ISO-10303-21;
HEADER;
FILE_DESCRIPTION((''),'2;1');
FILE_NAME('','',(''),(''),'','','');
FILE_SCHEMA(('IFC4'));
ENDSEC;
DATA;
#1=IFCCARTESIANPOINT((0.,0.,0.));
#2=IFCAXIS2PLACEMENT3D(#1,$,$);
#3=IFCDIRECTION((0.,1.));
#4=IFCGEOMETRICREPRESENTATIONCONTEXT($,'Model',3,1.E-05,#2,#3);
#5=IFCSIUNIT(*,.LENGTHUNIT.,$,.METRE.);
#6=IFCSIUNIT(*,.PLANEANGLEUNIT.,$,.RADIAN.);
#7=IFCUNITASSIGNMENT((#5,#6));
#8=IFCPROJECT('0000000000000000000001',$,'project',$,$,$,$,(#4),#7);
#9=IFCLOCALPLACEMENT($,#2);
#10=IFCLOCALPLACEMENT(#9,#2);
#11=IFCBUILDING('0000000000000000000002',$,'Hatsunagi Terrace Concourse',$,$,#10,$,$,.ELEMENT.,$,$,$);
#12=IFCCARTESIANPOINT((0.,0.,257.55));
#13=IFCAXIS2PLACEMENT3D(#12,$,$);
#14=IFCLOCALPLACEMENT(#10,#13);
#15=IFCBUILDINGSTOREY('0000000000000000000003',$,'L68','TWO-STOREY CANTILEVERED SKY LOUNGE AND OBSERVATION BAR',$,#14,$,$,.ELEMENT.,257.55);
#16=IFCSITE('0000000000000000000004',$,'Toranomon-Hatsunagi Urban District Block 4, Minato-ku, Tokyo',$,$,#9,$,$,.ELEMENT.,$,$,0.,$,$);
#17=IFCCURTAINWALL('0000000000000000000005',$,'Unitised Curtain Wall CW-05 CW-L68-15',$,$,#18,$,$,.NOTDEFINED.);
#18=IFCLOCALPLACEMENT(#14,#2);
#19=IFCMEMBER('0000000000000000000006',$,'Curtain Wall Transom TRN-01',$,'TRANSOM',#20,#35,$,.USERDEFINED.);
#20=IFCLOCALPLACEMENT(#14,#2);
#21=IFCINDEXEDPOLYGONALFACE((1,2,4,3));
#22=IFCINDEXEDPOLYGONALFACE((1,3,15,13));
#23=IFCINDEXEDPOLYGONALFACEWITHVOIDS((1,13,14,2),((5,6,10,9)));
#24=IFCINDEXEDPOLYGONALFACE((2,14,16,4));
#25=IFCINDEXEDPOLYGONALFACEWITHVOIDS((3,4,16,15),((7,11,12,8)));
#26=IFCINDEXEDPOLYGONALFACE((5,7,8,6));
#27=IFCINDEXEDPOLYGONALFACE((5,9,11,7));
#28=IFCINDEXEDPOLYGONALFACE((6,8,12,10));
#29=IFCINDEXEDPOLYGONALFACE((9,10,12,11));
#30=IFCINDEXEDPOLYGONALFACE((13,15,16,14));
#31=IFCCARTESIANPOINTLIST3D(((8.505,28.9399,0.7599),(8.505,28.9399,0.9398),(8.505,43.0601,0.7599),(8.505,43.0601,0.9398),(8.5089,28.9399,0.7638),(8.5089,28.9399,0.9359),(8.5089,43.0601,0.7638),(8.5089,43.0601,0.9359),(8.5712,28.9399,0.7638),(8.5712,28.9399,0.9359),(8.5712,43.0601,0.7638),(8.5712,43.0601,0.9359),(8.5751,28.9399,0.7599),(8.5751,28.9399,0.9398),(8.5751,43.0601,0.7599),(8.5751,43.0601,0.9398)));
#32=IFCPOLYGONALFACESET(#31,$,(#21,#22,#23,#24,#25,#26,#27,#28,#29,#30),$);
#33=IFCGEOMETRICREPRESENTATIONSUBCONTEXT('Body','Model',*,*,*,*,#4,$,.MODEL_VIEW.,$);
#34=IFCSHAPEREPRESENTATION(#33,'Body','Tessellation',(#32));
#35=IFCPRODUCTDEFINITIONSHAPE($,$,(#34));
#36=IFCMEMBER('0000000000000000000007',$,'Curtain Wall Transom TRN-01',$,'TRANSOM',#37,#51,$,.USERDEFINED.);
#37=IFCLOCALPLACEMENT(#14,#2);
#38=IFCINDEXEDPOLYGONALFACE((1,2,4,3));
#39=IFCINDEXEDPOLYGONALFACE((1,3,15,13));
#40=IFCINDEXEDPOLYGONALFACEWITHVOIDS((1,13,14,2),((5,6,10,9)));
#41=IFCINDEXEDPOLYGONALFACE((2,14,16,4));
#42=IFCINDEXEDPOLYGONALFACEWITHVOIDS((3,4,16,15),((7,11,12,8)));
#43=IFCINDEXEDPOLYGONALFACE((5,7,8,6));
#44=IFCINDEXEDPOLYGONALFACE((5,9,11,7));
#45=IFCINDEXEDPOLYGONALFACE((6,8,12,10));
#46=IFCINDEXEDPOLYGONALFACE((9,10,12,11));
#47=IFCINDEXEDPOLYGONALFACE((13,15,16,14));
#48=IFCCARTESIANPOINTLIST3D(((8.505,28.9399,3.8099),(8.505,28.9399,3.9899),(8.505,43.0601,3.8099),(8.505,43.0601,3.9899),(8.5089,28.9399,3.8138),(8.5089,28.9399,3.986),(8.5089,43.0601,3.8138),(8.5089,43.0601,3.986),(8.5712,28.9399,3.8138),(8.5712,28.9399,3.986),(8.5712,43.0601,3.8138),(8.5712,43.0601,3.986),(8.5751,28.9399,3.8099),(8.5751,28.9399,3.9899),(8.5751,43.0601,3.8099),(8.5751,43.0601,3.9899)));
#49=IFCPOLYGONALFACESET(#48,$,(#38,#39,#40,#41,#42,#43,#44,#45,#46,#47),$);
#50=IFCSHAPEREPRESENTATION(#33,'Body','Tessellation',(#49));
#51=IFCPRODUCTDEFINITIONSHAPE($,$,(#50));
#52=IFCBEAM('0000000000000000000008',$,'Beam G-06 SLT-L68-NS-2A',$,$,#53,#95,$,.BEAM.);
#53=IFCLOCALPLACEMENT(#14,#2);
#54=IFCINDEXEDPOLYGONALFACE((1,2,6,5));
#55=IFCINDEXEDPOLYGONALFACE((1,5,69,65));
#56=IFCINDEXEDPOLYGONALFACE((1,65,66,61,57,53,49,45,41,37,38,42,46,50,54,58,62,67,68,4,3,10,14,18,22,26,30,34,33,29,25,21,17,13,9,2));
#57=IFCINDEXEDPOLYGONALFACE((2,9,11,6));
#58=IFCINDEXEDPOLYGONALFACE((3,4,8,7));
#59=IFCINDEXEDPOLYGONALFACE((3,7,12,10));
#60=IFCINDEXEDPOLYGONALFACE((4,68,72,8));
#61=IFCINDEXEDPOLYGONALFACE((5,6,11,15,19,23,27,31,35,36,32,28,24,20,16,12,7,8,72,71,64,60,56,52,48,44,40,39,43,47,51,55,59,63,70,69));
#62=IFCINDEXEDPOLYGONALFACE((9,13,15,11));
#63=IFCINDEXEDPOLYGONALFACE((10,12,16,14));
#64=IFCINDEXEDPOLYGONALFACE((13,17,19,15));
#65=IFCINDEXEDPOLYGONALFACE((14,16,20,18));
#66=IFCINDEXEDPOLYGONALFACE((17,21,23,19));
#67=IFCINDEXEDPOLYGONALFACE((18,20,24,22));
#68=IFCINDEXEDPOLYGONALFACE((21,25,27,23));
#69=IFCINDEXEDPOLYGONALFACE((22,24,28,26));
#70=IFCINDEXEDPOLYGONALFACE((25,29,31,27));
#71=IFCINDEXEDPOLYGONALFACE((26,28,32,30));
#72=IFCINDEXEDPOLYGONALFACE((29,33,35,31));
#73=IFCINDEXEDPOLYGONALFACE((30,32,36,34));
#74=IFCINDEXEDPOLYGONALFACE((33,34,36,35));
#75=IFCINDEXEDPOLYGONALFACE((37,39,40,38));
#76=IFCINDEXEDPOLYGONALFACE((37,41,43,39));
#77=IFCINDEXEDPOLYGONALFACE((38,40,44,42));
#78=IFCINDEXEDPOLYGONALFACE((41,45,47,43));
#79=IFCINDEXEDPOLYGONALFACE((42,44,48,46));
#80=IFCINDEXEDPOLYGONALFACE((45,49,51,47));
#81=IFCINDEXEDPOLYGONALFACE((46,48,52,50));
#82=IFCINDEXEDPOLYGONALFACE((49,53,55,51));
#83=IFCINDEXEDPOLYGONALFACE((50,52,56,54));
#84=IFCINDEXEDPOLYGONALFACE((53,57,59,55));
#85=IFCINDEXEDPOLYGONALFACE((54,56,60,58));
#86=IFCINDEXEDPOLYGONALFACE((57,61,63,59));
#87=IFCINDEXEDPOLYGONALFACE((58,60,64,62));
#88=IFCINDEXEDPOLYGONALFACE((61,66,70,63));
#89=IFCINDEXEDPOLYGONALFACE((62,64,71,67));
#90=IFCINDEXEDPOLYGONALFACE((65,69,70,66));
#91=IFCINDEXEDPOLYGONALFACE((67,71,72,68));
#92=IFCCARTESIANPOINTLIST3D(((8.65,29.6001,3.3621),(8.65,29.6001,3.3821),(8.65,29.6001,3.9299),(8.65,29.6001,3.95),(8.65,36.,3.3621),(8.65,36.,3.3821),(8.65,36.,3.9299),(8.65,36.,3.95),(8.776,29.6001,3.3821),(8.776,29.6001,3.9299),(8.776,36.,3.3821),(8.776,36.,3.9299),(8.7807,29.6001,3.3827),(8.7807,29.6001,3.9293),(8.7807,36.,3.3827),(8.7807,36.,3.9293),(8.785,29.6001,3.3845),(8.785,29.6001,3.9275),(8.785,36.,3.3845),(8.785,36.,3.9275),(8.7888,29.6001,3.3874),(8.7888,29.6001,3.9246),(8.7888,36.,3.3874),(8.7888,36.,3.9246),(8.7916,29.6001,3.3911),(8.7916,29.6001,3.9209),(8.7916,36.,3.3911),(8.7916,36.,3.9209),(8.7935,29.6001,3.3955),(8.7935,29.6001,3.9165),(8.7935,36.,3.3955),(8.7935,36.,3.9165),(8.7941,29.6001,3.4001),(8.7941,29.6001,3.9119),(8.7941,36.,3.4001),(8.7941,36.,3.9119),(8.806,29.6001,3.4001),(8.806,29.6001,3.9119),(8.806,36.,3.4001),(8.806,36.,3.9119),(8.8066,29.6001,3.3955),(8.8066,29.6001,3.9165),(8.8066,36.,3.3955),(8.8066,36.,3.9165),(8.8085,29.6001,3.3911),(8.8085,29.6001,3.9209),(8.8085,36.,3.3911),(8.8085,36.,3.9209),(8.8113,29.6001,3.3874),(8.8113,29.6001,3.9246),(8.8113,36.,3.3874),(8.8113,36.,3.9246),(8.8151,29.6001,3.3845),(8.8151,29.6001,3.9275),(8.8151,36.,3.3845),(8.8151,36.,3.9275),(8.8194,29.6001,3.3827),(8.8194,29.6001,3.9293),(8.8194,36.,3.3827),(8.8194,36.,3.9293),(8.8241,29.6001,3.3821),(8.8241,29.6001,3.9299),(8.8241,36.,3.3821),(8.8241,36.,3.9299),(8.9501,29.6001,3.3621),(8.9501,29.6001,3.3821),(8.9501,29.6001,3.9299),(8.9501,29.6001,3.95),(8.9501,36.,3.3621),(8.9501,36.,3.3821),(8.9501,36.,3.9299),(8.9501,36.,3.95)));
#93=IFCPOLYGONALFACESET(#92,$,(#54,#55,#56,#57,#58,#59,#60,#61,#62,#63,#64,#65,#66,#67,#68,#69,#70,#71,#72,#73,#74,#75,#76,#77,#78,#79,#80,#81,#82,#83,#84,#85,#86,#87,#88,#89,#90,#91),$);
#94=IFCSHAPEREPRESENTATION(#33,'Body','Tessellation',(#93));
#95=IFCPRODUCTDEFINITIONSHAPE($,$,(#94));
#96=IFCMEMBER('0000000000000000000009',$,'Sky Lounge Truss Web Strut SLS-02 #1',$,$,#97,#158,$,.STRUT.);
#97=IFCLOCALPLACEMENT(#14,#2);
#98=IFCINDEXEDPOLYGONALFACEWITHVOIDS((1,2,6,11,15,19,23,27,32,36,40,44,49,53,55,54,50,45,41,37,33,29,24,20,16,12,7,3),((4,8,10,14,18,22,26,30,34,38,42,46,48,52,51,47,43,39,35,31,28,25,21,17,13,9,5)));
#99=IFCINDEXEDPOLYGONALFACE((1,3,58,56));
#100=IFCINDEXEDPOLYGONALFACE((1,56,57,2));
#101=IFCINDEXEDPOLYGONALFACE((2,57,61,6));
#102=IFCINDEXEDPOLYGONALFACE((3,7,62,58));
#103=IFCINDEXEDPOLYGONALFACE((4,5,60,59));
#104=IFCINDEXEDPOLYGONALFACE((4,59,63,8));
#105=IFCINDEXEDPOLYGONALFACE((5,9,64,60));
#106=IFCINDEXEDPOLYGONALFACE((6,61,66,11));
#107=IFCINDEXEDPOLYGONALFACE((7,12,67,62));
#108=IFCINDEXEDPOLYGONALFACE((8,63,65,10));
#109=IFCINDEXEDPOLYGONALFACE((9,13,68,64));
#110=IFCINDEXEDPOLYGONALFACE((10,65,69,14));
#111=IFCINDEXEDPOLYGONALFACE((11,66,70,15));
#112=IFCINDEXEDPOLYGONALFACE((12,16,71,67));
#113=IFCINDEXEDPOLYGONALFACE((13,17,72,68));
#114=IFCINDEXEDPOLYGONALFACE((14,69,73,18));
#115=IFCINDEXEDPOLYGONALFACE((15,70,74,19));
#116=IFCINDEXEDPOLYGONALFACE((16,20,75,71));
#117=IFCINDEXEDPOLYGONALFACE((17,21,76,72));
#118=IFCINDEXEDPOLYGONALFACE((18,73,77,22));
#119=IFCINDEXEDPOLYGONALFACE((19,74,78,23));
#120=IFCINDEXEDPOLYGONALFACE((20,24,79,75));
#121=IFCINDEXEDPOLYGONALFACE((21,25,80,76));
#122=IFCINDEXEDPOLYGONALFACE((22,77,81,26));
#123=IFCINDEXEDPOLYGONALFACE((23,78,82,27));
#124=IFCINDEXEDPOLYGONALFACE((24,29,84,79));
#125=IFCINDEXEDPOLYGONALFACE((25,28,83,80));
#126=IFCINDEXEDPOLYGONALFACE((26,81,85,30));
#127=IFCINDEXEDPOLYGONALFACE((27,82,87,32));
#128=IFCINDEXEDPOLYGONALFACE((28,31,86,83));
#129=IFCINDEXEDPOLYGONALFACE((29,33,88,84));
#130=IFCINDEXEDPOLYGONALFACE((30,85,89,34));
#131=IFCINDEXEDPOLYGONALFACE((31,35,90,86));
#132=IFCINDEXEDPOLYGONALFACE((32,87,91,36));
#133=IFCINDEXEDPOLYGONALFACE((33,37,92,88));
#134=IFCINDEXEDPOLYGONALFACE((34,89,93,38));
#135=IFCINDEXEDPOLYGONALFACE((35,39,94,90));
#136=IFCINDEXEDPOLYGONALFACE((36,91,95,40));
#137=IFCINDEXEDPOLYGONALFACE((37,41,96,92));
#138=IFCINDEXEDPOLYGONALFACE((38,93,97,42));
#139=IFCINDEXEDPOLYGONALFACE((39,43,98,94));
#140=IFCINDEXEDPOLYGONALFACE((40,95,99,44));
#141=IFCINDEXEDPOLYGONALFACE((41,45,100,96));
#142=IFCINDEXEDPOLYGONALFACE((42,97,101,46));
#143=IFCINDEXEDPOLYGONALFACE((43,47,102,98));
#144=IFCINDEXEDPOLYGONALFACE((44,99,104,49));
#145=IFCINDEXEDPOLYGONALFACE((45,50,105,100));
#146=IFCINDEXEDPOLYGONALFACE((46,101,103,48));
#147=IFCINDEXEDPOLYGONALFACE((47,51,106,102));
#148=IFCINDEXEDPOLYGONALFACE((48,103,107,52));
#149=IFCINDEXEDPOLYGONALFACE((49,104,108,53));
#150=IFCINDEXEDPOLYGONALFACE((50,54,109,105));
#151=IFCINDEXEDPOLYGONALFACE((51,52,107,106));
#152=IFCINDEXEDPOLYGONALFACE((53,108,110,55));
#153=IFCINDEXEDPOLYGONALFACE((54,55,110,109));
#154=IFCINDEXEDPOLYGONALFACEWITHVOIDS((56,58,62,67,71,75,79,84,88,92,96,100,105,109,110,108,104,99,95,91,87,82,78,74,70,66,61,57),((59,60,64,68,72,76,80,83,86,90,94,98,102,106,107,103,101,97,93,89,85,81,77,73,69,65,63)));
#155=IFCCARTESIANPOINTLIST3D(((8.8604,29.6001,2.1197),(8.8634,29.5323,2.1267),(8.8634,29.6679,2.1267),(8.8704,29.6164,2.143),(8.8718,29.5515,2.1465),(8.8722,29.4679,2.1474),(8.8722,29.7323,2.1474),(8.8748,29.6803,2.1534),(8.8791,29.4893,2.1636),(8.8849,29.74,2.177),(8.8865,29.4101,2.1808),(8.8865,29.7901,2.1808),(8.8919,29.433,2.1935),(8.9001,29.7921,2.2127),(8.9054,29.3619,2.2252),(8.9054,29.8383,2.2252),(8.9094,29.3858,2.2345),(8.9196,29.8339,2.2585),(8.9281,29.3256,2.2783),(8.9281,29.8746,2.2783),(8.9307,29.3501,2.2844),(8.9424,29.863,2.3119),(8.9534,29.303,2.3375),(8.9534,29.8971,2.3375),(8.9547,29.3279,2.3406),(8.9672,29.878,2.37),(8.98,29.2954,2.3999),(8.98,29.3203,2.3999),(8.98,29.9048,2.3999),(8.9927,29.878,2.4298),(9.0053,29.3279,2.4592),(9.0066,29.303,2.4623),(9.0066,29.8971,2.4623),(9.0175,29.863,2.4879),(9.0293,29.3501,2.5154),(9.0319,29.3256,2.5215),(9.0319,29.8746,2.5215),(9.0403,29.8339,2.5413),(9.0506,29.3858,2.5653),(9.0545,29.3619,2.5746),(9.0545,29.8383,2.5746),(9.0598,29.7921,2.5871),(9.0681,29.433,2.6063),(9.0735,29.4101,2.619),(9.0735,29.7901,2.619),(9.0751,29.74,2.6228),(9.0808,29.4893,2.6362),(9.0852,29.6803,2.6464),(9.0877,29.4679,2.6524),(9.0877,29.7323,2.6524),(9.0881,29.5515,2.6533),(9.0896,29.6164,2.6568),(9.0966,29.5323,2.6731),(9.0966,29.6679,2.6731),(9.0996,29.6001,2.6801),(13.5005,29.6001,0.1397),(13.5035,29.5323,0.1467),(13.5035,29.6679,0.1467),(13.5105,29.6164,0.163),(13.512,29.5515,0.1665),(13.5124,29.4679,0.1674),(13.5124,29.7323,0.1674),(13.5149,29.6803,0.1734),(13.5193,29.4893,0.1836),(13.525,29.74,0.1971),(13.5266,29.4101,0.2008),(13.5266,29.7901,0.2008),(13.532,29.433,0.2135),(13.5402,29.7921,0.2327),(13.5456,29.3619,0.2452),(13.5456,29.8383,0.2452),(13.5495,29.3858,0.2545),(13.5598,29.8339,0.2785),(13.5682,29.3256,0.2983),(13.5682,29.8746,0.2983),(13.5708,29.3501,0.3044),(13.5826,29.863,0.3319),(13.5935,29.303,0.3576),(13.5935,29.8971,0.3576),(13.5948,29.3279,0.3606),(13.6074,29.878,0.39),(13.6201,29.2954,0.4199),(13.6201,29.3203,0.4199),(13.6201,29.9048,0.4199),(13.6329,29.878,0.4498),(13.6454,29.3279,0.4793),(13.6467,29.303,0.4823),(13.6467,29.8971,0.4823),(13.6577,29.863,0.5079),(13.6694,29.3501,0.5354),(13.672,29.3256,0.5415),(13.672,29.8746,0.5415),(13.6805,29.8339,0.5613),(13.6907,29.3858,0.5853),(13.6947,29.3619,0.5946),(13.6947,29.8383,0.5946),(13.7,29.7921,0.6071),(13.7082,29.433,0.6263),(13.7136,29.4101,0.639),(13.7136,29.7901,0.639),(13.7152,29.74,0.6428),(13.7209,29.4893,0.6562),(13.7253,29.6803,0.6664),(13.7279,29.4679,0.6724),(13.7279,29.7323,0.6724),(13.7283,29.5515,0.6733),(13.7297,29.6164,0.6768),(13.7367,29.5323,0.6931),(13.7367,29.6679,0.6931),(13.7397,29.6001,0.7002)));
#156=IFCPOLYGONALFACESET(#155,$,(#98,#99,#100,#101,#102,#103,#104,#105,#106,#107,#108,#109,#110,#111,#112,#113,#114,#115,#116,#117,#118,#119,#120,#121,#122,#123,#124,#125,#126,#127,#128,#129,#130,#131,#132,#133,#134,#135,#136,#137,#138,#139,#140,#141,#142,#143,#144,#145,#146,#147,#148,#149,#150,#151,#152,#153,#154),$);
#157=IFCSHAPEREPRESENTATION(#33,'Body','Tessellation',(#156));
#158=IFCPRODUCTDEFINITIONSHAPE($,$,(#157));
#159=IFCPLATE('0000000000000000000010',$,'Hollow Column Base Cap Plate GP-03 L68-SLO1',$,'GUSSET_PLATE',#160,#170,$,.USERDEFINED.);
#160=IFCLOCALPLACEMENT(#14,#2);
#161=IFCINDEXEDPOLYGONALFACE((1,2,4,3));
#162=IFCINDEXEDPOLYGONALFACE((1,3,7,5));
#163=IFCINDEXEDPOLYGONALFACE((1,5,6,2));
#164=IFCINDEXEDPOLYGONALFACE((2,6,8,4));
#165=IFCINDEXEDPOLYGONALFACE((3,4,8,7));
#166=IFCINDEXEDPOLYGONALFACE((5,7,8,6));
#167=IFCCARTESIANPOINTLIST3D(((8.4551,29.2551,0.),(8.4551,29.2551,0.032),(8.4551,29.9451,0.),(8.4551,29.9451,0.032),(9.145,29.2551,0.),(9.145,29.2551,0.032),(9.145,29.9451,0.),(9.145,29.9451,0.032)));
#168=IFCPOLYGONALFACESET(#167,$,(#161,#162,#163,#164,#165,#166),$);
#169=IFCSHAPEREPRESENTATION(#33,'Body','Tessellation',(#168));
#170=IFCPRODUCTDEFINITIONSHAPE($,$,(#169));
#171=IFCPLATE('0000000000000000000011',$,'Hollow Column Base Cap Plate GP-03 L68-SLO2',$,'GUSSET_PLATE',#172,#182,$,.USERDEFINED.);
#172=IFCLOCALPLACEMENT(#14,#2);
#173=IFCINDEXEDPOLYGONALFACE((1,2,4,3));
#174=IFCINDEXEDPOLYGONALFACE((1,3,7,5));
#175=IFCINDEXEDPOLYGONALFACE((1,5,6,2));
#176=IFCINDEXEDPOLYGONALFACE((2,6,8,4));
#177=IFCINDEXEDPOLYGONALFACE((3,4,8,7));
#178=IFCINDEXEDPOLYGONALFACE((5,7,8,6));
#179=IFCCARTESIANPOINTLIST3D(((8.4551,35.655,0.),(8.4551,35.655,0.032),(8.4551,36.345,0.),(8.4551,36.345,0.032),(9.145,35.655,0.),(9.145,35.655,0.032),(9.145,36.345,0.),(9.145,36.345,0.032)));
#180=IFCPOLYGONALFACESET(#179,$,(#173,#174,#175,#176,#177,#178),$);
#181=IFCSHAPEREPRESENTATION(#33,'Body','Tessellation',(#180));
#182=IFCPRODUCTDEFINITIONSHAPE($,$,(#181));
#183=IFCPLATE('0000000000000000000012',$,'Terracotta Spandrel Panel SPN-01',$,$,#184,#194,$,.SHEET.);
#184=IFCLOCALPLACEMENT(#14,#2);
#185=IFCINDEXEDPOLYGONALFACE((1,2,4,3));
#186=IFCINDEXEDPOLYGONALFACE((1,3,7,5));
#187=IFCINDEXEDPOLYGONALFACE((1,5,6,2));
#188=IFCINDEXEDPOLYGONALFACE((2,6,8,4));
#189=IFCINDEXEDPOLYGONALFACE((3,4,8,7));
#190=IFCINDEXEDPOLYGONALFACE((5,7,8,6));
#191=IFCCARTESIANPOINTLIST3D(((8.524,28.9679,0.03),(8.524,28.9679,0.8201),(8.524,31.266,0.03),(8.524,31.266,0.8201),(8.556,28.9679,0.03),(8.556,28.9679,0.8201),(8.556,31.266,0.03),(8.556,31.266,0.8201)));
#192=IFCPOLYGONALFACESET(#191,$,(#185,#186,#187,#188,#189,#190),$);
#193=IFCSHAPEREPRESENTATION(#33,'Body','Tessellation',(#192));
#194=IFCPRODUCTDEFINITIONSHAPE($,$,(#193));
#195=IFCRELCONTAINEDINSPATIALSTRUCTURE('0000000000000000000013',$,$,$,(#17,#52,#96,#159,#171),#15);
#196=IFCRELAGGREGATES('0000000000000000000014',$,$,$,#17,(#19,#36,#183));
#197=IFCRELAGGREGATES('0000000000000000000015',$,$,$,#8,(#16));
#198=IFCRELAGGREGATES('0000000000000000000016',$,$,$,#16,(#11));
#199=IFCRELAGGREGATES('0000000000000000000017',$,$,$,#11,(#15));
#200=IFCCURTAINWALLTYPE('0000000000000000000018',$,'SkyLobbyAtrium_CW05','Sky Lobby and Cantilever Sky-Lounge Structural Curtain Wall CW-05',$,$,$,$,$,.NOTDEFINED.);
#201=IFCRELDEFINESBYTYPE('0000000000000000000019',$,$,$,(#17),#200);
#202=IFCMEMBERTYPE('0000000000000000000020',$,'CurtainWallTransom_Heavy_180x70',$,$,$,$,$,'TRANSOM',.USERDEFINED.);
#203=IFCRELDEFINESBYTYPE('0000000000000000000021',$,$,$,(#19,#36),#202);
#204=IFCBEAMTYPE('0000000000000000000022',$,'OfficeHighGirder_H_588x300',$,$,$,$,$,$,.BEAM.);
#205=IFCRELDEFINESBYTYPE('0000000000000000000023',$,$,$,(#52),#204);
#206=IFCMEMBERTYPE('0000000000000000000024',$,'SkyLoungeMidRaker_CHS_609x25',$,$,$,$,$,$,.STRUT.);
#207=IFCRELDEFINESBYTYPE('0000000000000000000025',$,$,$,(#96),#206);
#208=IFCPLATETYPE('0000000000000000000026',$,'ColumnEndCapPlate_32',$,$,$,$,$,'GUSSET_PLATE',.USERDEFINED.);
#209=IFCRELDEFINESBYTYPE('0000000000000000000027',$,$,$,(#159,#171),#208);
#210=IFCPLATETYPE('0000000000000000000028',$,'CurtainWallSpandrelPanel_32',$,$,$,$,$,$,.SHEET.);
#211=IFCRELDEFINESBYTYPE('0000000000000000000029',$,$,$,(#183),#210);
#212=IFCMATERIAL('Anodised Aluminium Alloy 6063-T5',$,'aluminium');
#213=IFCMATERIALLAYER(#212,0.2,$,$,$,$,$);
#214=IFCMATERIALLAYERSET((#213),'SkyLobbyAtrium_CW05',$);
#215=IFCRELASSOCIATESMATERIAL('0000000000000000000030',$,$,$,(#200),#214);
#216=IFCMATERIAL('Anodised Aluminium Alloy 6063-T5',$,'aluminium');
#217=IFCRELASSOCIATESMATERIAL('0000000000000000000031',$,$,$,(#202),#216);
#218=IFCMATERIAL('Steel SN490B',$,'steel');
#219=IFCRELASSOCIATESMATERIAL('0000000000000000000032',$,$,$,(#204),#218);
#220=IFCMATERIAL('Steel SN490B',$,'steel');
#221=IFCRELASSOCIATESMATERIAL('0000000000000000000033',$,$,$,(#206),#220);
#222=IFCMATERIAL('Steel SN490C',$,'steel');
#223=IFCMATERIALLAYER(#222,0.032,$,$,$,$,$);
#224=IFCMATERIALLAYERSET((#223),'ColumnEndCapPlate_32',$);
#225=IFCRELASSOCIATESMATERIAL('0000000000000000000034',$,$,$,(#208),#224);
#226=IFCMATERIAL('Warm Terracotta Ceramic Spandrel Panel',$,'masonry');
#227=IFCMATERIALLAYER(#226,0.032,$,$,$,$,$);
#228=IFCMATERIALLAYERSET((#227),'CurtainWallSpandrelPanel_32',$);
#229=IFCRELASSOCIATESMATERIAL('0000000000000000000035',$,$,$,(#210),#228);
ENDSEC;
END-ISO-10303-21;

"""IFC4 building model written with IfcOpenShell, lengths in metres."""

from ifc_helpers import new_model, si_unit, direction, frame, origin, origin_2d, place, context, subcontext, project, spatial, rectangle, hollow_rectangle, hollow_circle, i_section, extrude, material, layer, layer_set, material_profile, profile_set, type_object, element, aggregate, save


model = new_model("IFC4")

# Units and contexts
model_context = context("Model", 3, precision=1e-05, world=origin(), true_north=direction((0.0, 1.0)))
body_context = subcontext(model_context, "Body", "Model", "MODEL_VIEW")
ifc_project = project(units=[si_unit("LENGTHUNIT", "METRE"), si_unit("PLANEANGLEUNIT", "RADIAN")], contexts=[model_context])

# Site, building, storey
site_placement = place(None, origin())
site = spatial("IfcSite", under=ifc_project, at=site_placement, Name="Toranomon-Hatsunagi Urban District Block 4, Minato-ku, Tokyo", CompositionType="ELEMENT", RefElevation=0.0)
building_placement = place(site_placement, origin())
building = spatial("IfcBuilding", under=site, at=building_placement, Name="Hatsunagi Terrace Concourse", CompositionType="ELEMENT")
storey_placement = place(building_placement, frame((0.0, 0.0, 257.55)))
storey = spatial("IfcBuildingStorey", under=building, at=storey_placement, Name="L68", Description="TWO-STOREY CANTILEVERED SKY LOUNGE AND OBSERVATION BAR", CompositionType="ELEMENT", Elevation=257.55)

# Curtain wall, members
ifc_material_1 = material(Name="Anodised Aluminium Alloy 6063-T5", Category="aluminium")
ifc_layer_1 = layer(ifc_material_1, 0.2)
ifc_layer_set_1 = layer_set([ifc_layer_1], Name="SkyLobbyAtrium_CW05")
curtain_wall_type = type_object("IfcCurtainWallType", Name="SkyLobbyAtrium_CW05", Description="Sky Lobby and Cantilever Sky-Lounge Structural Curtain Wall CW-05", PredefinedType="NOTDEFINED", material=ifc_layer_set_1)
curtain_wall_placement = place(storey_placement, origin())
curtain_wall = element("IfcCurtainWall", 1, at=curtain_wall_placement, inside=storey, type_object=curtain_wall_type, Name="Unitised Curtain Wall CW-05 CW-L68-15", PredefinedType="NOTDEFINED")
ifc_material_2 = material(Name="Anodised Aluminium Alloy 6063-T5", Category="aluminium")
ifc_material_profile_1 = material_profile(ifc_material_2, hollow_rectangle(XDim=0.0701, YDim=0.1799, WallThickness=0.0039, at=origin_2d()), Name="ALU-TRN-180x70x4")
ifc_profile_set_1 = profile_set([ifc_material_profile_1], Name="Anodised Aluminium Alloy 6063-T5")
member_type_1 = type_object("IfcMemberType", Name="CurtainWallTransom_Heavy_180x70", ElementType="TRANSOM", PredefinedType="USERDEFINED", material=ifc_profile_set_1)
member_1_placement = place(storey_placement, frame((8.54, 28.9399, 0.8499), z_axis=(0.0, 1.0, 0.0), x_axis=(-1.0, 0.0, 0.0)))
member_1 = element("IfcMember", 2, at=member_1_placement, type_object=member_type_1, Name="Curtain Wall Transom TRN-01", ObjectType="TRANSOM", PredefinedType="USERDEFINED", context=body_context, shape_type="SweptSolid", body=[
    extrude(hollow_rectangle(XDim=0.0701, YDim=0.1799, WallThickness=0.0039, at=origin_2d()), origin(), (0.0, 0.0, 1.0), 14.1201),
])
member_2_placement = place(storey_placement, frame((8.54, 28.9399, 3.8999), z_axis=(0.0, 1.0, 0.0), x_axis=(-1.0, 0.0, 0.0)))
member_2 = element("IfcMember", 3, at=member_2_placement, type_object=member_type_1, Name="Curtain Wall Transom TRN-01", ObjectType="TRANSOM", PredefinedType="USERDEFINED", context=body_context, shape_type="SweptSolid", body=[
    extrude(hollow_rectangle(XDim=0.0701, YDim=0.1799, WallThickness=0.0039, at=origin_2d()), origin(), (0.0, 0.0, 1.0), 14.1201),
])

# Beam
ifc_material_3 = material(Name="Steel SN490B", Category="steel")
ifc_material_profile_2 = material_profile(ifc_material_3, i_section(OverallWidth=0.3, OverallDepth=0.5879, WebThickness=0.012, FlangeThickness=0.02, FilletRadius=0.0181, at=origin_2d()), Name="H-588x300x12x20")
ifc_profile_set_2 = profile_set([ifc_material_profile_2], Name="Steel SN490B")
beam_type_1 = type_object("IfcBeamType", Name="OfficeHighGirder_H_588x300", PredefinedType="BEAM", material=ifc_profile_set_2)
beam_1_placement = place(storey_placement, frame((8.8, 29.6001, 3.656), z_axis=(0.0, 1.0, 0.0), x_axis=(-1.0, 0.0, 0.0)))
element("IfcBeam", 4, at=beam_1_placement, inside=storey, type_object=beam_type_1, Name="Beam G-06 SLT-L68-NS-2A", PredefinedType="BEAM", context=body_context, shape_type="SweptSolid", body=[
    extrude(i_section(OverallWidth=0.3, OverallDepth=0.5879, WebThickness=0.012, FlangeThickness=0.02, FilletRadius=0.0181, at=origin_2d()), origin(), (0.0, 0.0, 1.0), 6.3999),
])

# Member
ifc_material_4 = material(Name="Steel SN490B", Category="steel")
ifc_material_profile_3 = material_profile(ifc_material_4, hollow_circle(Radius=0.3047, WallThickness=0.0249, at=origin_2d()), Name="CHS-609.6x25")
ifc_profile_set_3 = profile_set([ifc_material_profile_3], Name="Steel SN490B")
member_type_2 = type_object("IfcMemberType", Name="SkyLoungeMidRaker_CHS_609x25", PredefinedType="STRUT", material=ifc_profile_set_3)
member_3_placement = place(storey_placement, frame((13.6201, 29.6001, 0.4199), z_axis=(-0.919765, 0.0, 0.39247), x_axis=(0.0, -1.0, 0.0)))
element("IfcMember", 5, at=member_3_placement, inside=storey, type_object=member_type_2, Name="Sky Lounge Truss Web Strut SLS-02 #1", PredefinedType="STRUT", context=body_context, shape_type="SweptSolid", body=[
    extrude(hollow_circle(Radius=0.3047, WallThickness=0.0249, at=origin_2d()), origin(), (0.0, 0.0, 1.0), 5.0449),
])

# Plates
ifc_material_5 = material(Name="Steel SN490C", Category="steel")
ifc_layer_2 = layer(ifc_material_5, 0.032)
ifc_layer_set_2 = layer_set([ifc_layer_2], Name="ColumnEndCapPlate_32")
plate_type_1 = type_object("IfcPlateType", Name="ColumnEndCapPlate_32", ElementType="GUSSET_PLATE", PredefinedType="USERDEFINED", material=ifc_layer_set_2)
for number, where, z_axis, x_axis, name in (
    (6, (8.8, 29.6001, 0.0), (0.0, 0.0, 1.0), (1.0, 0.0, 0.0), "Hollow Column Base Cap Plate GP-03 L68-SLO1"),
    (7, (8.8, 36.0, 0.0), (0.0, 0.0, 1.0), (1.0, 0.0, 0.0), "Hollow Column Base Cap Plate GP-03 L68-SLO2"),
):
    element("IfcPlate", number, at=place(storey_placement, frame(where, z_axis=z_axis, x_axis=x_axis)), inside=storey, type_object=plate_type_1, Name=name, ObjectType="GUSSET_PLATE", PredefinedType="USERDEFINED", context=body_context, shape_type="SweptSolid", body=[
        extrude(rectangle(XDim=0.6899, YDim=0.6899, at=origin_2d()), origin(), (0.0, 0.0, 1.0), 0.032),
    ])

# Plate
ifc_material_6 = material(Name="Warm Terracotta Ceramic Spandrel Panel", Category="masonry")
ifc_layer_3 = layer(ifc_material_6, 0.032)
ifc_layer_set_3 = layer_set([ifc_layer_3], Name="CurtainWallSpandrelPanel_32")
plate_type_2 = type_object("IfcPlateType", Name="CurtainWallSpandrelPanel_32", PredefinedType="SHEET", material=ifc_layer_set_3)
plate_1_placement = place(storey_placement, frame((8.54, 30.1169, 0.03), z_axis=(0.0, 0.0, 1.0), x_axis=(0.0, 1.0, 0.0)))
plate_1 = element("IfcPlate", 8, at=plate_1_placement, type_object=plate_type_2, Name="Terracotta Spandrel Panel SPN-01", PredefinedType="SHEET", context=body_context, shape_type="SweptSolid", body=[
    extrude(rectangle(XDim=2.2981, YDim=0.032, at=origin_2d()), origin(), (0.0, 0.0, 1.0), 0.79),
])
aggregate(curtain_wall, [member_1, member_2, plate_1])

save(model, "model.ifc")
